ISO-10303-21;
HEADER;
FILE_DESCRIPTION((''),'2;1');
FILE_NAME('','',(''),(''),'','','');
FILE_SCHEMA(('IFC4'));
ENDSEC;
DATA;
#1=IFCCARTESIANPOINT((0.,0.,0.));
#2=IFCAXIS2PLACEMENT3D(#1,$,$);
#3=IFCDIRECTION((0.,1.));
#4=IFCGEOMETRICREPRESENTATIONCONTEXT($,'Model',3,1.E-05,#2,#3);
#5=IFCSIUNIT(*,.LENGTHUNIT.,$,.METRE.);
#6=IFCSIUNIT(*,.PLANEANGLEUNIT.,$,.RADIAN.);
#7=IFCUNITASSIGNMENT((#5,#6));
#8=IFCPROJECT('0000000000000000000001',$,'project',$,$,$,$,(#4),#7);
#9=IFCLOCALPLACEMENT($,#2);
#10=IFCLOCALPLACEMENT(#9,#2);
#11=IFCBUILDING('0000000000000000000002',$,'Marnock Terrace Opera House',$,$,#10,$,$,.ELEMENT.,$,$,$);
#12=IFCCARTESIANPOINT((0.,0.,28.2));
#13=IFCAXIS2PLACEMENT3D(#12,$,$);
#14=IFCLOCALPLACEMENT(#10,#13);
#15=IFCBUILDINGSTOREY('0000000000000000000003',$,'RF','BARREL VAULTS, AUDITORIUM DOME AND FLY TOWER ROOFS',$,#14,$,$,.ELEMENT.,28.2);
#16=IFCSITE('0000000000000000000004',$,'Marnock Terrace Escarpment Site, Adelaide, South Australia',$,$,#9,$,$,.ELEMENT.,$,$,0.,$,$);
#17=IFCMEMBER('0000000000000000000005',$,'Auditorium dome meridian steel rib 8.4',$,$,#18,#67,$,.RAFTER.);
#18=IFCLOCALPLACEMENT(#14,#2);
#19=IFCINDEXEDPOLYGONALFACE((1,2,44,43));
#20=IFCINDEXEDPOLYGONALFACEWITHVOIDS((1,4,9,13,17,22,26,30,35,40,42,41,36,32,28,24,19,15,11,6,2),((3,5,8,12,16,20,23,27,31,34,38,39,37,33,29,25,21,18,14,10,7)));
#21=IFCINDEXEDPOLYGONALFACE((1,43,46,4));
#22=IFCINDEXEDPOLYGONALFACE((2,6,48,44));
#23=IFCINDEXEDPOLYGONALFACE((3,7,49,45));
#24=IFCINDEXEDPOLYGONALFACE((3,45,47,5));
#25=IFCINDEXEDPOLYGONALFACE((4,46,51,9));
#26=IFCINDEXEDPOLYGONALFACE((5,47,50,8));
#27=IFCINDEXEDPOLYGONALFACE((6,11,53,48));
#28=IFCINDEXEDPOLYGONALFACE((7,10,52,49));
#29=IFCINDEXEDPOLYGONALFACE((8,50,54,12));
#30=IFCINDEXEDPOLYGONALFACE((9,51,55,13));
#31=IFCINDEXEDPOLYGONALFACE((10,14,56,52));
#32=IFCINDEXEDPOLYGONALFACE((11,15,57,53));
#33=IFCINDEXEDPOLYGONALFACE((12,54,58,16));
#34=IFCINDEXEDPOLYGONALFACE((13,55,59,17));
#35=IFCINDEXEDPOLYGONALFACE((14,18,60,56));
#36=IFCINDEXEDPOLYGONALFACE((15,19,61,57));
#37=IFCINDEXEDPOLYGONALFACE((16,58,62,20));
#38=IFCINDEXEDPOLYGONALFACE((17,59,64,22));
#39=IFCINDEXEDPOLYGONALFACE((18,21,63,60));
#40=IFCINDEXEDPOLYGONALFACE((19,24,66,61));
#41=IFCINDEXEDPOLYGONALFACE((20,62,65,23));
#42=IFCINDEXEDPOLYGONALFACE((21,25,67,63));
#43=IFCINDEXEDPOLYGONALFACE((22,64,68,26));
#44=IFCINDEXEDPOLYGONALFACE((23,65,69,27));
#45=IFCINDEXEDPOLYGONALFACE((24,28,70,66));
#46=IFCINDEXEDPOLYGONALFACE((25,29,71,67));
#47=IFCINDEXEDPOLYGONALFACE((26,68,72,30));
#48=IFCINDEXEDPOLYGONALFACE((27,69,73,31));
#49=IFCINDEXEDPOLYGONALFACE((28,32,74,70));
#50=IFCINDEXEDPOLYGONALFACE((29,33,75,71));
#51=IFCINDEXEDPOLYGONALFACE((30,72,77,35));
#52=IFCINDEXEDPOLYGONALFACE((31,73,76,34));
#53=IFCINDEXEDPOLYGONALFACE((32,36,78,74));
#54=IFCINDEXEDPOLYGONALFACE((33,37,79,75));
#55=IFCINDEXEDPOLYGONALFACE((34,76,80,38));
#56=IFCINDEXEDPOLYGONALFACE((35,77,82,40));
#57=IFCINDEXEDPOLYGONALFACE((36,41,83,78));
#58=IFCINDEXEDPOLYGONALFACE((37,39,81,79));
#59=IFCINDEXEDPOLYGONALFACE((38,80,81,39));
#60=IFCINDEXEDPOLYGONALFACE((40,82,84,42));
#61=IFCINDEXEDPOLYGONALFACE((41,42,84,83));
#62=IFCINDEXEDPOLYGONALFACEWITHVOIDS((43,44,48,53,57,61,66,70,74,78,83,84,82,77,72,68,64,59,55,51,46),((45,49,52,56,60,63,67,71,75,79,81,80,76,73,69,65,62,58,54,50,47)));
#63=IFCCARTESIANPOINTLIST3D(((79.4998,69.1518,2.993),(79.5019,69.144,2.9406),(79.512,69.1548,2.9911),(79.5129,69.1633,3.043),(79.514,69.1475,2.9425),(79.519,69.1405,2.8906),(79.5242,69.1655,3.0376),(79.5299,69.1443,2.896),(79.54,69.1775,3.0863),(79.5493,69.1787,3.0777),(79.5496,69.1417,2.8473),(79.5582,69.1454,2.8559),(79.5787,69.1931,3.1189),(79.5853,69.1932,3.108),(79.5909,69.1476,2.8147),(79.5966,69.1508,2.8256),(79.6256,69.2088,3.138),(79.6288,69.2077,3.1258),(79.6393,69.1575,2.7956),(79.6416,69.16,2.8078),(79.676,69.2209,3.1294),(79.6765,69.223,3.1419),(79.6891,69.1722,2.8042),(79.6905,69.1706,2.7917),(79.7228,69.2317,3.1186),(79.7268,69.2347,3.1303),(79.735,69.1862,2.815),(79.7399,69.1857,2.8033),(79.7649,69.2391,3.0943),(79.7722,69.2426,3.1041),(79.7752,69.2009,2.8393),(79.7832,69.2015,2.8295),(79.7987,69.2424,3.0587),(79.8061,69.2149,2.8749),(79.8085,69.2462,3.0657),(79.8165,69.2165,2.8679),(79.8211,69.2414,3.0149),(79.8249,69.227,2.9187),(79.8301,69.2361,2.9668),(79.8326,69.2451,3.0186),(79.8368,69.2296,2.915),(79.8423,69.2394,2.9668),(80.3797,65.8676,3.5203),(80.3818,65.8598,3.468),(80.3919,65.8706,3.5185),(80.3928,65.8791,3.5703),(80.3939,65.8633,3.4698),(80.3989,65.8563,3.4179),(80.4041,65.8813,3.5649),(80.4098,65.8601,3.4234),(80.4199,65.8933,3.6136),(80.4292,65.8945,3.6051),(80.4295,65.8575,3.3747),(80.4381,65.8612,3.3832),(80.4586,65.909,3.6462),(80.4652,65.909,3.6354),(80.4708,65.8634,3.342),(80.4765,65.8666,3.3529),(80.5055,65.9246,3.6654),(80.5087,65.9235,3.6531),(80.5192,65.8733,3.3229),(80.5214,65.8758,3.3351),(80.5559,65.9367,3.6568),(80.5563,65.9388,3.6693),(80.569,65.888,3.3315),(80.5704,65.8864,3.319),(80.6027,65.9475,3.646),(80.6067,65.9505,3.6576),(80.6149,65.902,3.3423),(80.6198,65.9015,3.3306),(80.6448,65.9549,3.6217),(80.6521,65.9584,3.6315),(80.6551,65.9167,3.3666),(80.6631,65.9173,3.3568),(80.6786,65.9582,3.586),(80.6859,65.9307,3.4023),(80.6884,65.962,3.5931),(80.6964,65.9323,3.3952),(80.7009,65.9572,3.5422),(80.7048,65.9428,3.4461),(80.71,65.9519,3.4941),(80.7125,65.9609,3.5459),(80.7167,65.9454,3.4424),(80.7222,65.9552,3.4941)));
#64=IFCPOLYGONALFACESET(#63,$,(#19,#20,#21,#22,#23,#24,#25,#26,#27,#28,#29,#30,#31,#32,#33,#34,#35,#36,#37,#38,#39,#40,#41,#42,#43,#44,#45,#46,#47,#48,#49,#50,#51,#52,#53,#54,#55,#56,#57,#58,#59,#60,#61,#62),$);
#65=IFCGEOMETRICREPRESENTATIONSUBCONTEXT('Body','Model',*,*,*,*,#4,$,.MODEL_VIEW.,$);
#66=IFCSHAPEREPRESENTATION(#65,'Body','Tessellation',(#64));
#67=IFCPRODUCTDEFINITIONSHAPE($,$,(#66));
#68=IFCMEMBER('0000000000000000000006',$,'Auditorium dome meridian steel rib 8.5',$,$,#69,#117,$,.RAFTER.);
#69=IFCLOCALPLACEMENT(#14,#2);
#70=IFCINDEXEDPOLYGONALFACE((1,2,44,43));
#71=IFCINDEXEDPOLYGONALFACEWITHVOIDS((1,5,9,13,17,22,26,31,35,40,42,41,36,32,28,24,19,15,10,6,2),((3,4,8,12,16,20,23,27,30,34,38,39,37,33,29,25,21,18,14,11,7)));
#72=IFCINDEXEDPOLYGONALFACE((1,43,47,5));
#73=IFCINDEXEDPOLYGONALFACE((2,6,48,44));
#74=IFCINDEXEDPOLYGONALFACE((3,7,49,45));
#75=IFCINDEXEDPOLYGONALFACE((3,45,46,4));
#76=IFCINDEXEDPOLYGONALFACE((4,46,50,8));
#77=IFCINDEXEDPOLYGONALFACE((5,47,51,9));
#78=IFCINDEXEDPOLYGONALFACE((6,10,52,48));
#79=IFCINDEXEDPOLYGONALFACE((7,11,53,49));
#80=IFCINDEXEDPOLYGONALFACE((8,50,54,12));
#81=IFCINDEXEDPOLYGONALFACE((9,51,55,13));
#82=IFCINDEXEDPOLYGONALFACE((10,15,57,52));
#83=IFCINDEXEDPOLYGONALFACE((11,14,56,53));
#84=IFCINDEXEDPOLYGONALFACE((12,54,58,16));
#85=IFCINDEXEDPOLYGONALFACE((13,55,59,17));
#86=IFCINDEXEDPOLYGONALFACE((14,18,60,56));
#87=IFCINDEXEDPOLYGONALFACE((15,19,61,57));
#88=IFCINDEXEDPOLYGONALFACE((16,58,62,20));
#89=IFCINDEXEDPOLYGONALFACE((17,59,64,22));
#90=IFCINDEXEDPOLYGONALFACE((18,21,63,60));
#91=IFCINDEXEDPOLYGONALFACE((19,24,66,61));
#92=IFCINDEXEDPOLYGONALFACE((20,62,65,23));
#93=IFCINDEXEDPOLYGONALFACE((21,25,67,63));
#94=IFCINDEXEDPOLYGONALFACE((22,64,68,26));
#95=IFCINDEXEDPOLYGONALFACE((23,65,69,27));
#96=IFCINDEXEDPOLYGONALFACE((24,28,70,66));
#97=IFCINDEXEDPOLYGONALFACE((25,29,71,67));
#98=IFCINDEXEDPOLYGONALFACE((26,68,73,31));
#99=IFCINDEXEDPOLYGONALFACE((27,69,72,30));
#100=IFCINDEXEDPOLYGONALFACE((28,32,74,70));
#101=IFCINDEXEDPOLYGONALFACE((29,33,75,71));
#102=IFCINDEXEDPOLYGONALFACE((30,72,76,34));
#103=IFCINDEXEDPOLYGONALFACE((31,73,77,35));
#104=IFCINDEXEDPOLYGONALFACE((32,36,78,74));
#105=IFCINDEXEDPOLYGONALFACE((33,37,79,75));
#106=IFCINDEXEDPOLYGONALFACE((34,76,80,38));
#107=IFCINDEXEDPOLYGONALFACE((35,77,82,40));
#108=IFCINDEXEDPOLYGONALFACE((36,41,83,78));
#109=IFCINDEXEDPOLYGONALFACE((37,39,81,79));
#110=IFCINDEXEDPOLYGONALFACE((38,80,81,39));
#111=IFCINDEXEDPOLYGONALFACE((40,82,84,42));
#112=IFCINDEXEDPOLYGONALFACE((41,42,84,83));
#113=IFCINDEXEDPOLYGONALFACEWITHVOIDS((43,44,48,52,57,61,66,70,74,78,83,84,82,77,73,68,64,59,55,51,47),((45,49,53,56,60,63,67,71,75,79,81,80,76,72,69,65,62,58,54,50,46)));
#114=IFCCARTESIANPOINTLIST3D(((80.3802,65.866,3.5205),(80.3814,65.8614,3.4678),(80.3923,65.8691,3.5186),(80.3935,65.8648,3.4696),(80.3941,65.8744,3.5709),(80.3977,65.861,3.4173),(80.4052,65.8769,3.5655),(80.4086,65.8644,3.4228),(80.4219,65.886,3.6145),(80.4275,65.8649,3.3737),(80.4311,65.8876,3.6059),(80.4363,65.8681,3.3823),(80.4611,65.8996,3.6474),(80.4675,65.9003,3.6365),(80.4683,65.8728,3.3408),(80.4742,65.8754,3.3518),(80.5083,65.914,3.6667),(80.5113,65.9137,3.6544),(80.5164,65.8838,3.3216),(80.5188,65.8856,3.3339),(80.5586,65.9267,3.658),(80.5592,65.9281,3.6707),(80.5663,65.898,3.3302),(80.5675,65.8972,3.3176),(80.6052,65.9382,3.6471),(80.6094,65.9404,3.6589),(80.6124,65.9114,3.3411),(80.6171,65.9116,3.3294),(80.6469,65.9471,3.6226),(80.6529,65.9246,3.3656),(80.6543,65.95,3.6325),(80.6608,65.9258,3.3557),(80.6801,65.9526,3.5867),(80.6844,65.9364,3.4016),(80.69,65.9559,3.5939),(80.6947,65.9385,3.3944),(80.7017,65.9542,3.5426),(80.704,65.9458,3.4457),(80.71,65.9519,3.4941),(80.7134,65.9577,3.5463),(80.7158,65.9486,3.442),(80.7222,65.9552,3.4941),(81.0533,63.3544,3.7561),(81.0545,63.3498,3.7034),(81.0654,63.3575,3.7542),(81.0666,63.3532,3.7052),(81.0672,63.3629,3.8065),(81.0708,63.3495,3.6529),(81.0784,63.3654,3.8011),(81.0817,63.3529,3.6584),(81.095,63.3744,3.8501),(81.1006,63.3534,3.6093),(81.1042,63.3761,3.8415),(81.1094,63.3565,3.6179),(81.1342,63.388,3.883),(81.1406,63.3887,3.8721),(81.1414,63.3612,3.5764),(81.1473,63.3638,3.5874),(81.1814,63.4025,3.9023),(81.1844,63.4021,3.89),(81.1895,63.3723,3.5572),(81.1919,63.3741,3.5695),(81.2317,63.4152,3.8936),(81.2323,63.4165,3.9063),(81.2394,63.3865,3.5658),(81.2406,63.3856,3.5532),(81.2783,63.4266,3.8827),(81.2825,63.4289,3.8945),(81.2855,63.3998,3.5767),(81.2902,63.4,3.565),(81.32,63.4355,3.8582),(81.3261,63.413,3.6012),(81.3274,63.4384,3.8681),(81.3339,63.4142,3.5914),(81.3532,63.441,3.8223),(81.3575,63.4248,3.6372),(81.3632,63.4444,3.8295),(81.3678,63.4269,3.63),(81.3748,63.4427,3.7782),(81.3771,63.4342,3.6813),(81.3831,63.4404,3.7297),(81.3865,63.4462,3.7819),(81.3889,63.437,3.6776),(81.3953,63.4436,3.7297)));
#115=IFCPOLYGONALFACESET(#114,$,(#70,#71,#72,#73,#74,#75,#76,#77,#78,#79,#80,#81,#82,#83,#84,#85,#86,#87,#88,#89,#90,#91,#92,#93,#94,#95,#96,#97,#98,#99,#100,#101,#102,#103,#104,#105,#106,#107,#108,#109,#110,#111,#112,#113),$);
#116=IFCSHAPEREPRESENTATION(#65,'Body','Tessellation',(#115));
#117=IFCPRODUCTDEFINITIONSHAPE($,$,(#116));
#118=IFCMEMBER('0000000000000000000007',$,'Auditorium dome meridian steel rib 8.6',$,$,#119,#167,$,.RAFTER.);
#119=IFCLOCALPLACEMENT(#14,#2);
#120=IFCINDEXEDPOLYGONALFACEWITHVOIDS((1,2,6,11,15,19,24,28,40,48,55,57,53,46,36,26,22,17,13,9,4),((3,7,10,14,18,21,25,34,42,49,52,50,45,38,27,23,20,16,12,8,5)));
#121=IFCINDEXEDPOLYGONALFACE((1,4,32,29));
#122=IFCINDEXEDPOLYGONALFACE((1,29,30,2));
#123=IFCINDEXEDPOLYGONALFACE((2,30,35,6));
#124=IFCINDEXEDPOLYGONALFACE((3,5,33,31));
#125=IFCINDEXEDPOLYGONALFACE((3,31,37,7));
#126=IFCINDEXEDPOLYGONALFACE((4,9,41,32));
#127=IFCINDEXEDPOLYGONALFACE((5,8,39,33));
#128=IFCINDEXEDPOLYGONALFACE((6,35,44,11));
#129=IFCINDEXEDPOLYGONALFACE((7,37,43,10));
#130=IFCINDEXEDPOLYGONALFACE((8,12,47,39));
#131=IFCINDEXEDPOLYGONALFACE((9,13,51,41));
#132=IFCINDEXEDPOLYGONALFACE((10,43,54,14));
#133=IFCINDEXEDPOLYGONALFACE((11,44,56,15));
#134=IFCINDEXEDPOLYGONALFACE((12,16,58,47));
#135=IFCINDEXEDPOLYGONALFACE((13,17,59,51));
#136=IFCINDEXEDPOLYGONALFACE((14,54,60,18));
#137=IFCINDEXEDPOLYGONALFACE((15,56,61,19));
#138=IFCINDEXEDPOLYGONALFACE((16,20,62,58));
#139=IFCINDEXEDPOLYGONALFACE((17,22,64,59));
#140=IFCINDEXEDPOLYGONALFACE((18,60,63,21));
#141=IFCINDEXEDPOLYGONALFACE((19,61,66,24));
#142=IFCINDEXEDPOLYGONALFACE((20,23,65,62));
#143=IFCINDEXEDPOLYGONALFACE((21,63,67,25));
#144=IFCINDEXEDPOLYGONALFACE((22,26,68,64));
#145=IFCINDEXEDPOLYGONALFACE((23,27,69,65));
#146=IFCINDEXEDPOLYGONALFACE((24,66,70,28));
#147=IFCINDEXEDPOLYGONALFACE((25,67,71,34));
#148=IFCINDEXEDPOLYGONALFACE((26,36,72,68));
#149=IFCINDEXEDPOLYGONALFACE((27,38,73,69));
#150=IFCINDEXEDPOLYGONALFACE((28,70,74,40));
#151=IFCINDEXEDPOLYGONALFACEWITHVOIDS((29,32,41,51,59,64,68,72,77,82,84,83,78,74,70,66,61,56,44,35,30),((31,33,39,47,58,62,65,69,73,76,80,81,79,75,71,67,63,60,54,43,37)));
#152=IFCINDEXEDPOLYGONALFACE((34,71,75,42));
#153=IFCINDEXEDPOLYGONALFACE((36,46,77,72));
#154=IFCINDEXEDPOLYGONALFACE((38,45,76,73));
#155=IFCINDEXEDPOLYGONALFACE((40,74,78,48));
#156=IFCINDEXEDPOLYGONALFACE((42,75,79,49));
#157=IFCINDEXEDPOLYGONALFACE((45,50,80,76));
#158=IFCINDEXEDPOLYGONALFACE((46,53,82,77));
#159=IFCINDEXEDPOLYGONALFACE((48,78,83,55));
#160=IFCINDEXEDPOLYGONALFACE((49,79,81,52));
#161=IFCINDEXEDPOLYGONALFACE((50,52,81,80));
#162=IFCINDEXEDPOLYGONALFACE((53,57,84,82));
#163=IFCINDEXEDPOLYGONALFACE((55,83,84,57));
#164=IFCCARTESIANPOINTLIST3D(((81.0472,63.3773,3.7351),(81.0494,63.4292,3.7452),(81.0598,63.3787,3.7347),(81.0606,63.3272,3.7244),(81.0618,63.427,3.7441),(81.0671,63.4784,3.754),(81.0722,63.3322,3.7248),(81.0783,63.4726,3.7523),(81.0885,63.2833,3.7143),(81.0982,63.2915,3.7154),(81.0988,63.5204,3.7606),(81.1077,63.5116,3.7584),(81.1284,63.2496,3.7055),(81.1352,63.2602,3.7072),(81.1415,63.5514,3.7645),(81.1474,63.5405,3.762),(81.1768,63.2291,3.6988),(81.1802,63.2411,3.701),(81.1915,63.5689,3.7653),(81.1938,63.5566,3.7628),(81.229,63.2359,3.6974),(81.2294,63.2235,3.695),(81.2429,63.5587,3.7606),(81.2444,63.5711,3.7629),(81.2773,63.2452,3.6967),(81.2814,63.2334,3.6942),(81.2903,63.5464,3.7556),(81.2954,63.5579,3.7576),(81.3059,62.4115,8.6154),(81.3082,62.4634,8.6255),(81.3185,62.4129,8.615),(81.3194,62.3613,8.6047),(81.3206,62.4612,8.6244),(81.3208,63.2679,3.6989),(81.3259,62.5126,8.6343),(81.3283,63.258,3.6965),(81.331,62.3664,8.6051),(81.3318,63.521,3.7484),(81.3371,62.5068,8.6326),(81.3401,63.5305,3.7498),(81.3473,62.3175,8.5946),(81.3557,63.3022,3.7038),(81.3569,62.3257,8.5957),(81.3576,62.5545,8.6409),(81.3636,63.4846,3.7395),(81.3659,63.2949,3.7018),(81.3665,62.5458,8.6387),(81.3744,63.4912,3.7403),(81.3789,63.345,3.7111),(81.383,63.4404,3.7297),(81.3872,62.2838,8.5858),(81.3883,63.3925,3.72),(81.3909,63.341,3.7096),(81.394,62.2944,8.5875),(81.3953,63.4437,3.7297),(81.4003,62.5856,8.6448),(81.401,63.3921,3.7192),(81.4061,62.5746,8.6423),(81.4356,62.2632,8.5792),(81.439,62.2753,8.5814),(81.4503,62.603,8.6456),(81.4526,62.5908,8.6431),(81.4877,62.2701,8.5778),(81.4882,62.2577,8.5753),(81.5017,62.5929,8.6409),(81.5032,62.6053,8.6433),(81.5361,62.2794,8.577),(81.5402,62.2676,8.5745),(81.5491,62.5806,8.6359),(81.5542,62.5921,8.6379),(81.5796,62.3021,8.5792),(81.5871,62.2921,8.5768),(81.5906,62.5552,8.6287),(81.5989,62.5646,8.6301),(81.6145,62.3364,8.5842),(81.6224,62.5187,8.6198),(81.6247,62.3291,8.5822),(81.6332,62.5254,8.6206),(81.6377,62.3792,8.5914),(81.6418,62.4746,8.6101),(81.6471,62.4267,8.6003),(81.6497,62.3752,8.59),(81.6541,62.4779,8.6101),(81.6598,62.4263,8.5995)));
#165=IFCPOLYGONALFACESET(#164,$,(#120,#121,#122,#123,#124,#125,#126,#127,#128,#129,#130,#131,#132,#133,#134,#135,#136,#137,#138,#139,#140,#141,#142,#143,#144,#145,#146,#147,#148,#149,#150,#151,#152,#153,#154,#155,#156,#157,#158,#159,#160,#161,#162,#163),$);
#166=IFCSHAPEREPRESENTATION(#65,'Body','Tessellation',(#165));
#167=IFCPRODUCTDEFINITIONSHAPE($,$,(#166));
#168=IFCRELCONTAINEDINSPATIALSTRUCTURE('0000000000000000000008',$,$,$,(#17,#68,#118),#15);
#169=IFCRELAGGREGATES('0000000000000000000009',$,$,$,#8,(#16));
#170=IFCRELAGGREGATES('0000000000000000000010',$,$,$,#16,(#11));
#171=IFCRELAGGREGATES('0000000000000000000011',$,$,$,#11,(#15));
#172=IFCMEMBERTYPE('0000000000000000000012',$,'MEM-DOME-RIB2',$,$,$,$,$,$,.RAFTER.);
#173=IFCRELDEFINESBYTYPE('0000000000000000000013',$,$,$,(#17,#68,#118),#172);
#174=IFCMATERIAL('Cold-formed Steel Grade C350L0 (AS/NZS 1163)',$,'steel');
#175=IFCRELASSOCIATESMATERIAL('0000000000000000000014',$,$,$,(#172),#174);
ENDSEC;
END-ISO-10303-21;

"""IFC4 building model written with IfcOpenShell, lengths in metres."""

from ifc_helpers import new_model, si_unit, direction, frame, origin, origin_2d, place, context, subcontext, project, spatial, hollow_circle, extrude, material, material_profile, profile_set, type_object, element, save


model = new_model("IFC4")

# Units and contexts
model_context = context("Model", 3, precision=1e-05, world=origin(), true_north=direction((0.0, 1.0)))
body_context = subcontext(model_context, "Body", "Model", "MODEL_VIEW")
ifc_project = project(units=[si_unit("LENGTHUNIT", "METRE"), si_unit("PLANEANGLEUNIT", "RADIAN")], contexts=[model_context])

# Site, building, storey
site_placement = place(None, origin())
site = spatial("IfcSite", under=ifc_project, at=site_placement, Name="Marnock Terrace Escarpment Site, Adelaide, South Australia", CompositionType="ELEMENT", RefElevation=0.0)
building_placement = place(site_placement, origin())
building = spatial("IfcBuilding", under=site, at=building_placement, Name="Marnock Terrace Opera House", CompositionType="ELEMENT")
storey_placement = place(building_placement, frame((0.0, 0.0, 28.2)))
storey = spatial("IfcBuildingStorey", under=building, at=storey_placement, Name="RF", Description="BARREL VAULTS, AUDITORIUM DOME AND FLY TOWER ROOFS", CompositionType="ELEMENT", Elevation=28.2)

# Members
ifc_material_1 = material(Name="Cold-formed Steel Grade C350L0 (AS/NZS 1163)", Category="steel")
ifc_material_profile_1 = material_profile(ifc_material_1, hollow_circle(Radius=0.1777, WallThickness=0.0127, at=origin_2d()))
ifc_profile_set_1 = profile_set([ifc_material_profile_1], Name="Cold-formed Steel Grade C350L0 (AS/NZS 1163)")
member_type_1 = type_object("IfcMemberType", Name="MEM-DOME-RIB2", PredefinedType="RAFTER", material=ifc_profile_set_1)
member_1_placement = place(storey_placement, frame((79.6707, 69.1934, 2.9668), z_axis=(0.255731, -0.954521, 0.153268), x_axis=(0.965934, 0.258789, 0.0)))
element("IfcMember", 1, at=member_1_placement, inside=storey, type_object=member_type_1, Name="Auditorium dome meridian steel rib 8.4", PredefinedType="RAFTER", context=body_context, shape_type="SweptSolid", body=[
    extrude(hollow_circle(Radius=0.1777, WallThickness=0.0127, at=origin_2d()), origin(), (0.0, 0.0, 1.0), 3.4407),
])
member_2_placement = place(storey_placement, frame((80.5505, 65.9092, 3.4941), z_axis=(0.257816, -0.961971, 0.09024), x_axis=(0.965912, 0.258872, 0.0)))
element("IfcMember", 2, at=member_2_placement, inside=storey, type_object=member_type_1, Name="Auditorium dome meridian steel rib 8.5", PredefinedType="RAFTER", context=body_context, shape_type="SweptSolid", body=[
    extrude(hollow_circle(Radius=0.1777, WallThickness=0.0127, at=origin_2d()), origin(), (0.0, 0.0, 1.0), 2.6108),
])
member_3_placement = place(storey_placement, frame((81.2236, 63.3977, 3.7297), z_axis=(0.051947, -0.193872, 0.979651), x_axis=(0.965926, 0.258817, 0.0)))
element("IfcMember", 3, at=member_3_placement, inside=storey, type_object=member_type_1, Name="Auditorium dome meridian steel rib 8.6", PredefinedType="RAFTER", context=body_context, shape_type="SweptSolid", body=[
    extrude(hollow_circle(Radius=0.1777, WallThickness=0.0127, at=origin_2d()), origin(), (0.0, 0.0, 1.0), 4.9817),
])

save(model, "model.ifc")
